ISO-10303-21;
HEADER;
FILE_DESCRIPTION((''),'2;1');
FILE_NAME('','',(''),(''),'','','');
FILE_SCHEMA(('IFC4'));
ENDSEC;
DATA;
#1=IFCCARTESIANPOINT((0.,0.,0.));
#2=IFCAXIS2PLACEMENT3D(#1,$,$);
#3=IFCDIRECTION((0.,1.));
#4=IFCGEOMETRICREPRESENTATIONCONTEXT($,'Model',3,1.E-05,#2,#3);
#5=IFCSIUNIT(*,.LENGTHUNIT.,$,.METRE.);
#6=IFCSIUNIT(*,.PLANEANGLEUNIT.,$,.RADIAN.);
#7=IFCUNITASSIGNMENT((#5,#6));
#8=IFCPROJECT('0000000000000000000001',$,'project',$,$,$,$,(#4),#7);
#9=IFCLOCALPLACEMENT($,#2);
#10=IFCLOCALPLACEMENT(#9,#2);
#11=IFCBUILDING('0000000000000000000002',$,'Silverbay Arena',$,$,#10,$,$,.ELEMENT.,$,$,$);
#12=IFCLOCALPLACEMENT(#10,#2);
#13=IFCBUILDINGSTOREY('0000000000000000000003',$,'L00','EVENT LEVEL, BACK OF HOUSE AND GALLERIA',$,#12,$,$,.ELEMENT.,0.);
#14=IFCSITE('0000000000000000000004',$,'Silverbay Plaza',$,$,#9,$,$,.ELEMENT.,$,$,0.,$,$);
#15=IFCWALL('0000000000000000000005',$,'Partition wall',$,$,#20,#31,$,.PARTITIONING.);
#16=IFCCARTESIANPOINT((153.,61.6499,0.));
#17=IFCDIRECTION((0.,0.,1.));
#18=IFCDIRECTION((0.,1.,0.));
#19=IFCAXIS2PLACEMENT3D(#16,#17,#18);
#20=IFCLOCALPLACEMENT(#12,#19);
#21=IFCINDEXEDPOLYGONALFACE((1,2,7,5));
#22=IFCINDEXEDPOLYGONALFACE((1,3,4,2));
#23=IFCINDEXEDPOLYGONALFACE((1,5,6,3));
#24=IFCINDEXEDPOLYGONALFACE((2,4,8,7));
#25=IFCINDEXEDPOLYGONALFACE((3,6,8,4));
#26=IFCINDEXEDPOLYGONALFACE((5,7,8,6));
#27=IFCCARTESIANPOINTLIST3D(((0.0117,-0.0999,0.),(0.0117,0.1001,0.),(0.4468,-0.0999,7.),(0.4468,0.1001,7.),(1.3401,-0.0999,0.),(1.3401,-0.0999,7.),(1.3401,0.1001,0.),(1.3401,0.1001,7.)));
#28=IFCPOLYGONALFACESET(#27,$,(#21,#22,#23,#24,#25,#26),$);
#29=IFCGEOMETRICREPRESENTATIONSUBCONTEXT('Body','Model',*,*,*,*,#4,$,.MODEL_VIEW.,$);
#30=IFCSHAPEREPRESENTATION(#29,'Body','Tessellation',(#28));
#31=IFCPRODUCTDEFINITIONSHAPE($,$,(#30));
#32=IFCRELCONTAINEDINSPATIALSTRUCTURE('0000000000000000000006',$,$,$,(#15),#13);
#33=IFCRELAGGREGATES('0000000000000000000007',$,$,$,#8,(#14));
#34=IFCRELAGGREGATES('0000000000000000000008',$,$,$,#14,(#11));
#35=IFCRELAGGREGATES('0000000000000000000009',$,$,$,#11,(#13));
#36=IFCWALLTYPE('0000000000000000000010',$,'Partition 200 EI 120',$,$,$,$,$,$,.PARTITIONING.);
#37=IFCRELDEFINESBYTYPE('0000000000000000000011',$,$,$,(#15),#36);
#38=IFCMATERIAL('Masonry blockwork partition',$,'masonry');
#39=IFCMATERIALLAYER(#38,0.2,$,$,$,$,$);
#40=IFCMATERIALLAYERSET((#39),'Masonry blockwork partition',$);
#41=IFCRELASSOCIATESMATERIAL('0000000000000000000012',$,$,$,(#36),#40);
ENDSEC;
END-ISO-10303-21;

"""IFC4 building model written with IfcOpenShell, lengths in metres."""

from ifc_helpers import new_model, si_unit, direction, frame, origin, place, context, subcontext, project, spatial, polyline, outline, extrude, material, layer, layer_set, type_object, element, save


model = new_model("IFC4")

# Units and contexts
model_context = context("Model", 3, precision=1e-05, world=origin(), true_north=direction((0.0, 1.0)))
body_context = subcontext(model_context, "Body", "Model", "MODEL_VIEW")
ifc_project = project(units=[si_unit("LENGTHUNIT", "METRE"), si_unit("PLANEANGLEUNIT", "RADIAN")], contexts=[model_context])

# Site, building, storey
site_placement = place(None, origin())
site = spatial("IfcSite", under=ifc_project, at=site_placement, Name="Silverbay Plaza", CompositionType="ELEMENT", RefElevation=0.0)
building_placement = place(site_placement, origin())
building = spatial("IfcBuilding", under=site, at=building_placement, Name="Silverbay Arena", CompositionType="ELEMENT")
storey_placement = place(building_placement, origin())
storey = spatial("IfcBuildingStorey", under=building, at=storey_placement, Name="L00", Description="EVENT LEVEL, BACK OF HOUSE AND GALLERIA", CompositionType="ELEMENT", Elevation=0.0)

# Wall
ifc_material_1 = material(Name="Masonry blockwork partition", Category="masonry")
ifc_layer_1 = layer(ifc_material_1, 0.2)
ifc_layer_set_1 = layer_set([ifc_layer_1], Name="Masonry blockwork partition")
wall_type_1 = type_object("IfcWallType", Name="Partition 200 EI 120", PredefinedType="PARTITIONING", material=ifc_layer_set_1)
wall_1_placement = place(storey_placement, frame((153.0, 61.6499, 0.0), z_axis=(0.0, 0.0, 1.0), x_axis=(0.0, 1.0, 0.0)))
element("IfcWall", 1, at=wall_1_placement, inside=storey, type_object=wall_type_1, Name="Partition wall", PredefinedType="PARTITIONING", context=body_context, shape_type="SweptSolid", body=[
    extrude(outline(polyline([(0.0, 0.0), (1.3401, 0.0), (1.3401, 7.0), (0.4468, 7.0), (0.0, -0.1887), (0.0, 0.0)])), frame((0.0, 0.1001, 0.0), z_axis=(0.0, -1.0, 0.0), x_axis=(1.0, 0.0, 0.0)), (0.0, 0.0, 1.0), 0.2),
])

save(model, "model.ifc")
